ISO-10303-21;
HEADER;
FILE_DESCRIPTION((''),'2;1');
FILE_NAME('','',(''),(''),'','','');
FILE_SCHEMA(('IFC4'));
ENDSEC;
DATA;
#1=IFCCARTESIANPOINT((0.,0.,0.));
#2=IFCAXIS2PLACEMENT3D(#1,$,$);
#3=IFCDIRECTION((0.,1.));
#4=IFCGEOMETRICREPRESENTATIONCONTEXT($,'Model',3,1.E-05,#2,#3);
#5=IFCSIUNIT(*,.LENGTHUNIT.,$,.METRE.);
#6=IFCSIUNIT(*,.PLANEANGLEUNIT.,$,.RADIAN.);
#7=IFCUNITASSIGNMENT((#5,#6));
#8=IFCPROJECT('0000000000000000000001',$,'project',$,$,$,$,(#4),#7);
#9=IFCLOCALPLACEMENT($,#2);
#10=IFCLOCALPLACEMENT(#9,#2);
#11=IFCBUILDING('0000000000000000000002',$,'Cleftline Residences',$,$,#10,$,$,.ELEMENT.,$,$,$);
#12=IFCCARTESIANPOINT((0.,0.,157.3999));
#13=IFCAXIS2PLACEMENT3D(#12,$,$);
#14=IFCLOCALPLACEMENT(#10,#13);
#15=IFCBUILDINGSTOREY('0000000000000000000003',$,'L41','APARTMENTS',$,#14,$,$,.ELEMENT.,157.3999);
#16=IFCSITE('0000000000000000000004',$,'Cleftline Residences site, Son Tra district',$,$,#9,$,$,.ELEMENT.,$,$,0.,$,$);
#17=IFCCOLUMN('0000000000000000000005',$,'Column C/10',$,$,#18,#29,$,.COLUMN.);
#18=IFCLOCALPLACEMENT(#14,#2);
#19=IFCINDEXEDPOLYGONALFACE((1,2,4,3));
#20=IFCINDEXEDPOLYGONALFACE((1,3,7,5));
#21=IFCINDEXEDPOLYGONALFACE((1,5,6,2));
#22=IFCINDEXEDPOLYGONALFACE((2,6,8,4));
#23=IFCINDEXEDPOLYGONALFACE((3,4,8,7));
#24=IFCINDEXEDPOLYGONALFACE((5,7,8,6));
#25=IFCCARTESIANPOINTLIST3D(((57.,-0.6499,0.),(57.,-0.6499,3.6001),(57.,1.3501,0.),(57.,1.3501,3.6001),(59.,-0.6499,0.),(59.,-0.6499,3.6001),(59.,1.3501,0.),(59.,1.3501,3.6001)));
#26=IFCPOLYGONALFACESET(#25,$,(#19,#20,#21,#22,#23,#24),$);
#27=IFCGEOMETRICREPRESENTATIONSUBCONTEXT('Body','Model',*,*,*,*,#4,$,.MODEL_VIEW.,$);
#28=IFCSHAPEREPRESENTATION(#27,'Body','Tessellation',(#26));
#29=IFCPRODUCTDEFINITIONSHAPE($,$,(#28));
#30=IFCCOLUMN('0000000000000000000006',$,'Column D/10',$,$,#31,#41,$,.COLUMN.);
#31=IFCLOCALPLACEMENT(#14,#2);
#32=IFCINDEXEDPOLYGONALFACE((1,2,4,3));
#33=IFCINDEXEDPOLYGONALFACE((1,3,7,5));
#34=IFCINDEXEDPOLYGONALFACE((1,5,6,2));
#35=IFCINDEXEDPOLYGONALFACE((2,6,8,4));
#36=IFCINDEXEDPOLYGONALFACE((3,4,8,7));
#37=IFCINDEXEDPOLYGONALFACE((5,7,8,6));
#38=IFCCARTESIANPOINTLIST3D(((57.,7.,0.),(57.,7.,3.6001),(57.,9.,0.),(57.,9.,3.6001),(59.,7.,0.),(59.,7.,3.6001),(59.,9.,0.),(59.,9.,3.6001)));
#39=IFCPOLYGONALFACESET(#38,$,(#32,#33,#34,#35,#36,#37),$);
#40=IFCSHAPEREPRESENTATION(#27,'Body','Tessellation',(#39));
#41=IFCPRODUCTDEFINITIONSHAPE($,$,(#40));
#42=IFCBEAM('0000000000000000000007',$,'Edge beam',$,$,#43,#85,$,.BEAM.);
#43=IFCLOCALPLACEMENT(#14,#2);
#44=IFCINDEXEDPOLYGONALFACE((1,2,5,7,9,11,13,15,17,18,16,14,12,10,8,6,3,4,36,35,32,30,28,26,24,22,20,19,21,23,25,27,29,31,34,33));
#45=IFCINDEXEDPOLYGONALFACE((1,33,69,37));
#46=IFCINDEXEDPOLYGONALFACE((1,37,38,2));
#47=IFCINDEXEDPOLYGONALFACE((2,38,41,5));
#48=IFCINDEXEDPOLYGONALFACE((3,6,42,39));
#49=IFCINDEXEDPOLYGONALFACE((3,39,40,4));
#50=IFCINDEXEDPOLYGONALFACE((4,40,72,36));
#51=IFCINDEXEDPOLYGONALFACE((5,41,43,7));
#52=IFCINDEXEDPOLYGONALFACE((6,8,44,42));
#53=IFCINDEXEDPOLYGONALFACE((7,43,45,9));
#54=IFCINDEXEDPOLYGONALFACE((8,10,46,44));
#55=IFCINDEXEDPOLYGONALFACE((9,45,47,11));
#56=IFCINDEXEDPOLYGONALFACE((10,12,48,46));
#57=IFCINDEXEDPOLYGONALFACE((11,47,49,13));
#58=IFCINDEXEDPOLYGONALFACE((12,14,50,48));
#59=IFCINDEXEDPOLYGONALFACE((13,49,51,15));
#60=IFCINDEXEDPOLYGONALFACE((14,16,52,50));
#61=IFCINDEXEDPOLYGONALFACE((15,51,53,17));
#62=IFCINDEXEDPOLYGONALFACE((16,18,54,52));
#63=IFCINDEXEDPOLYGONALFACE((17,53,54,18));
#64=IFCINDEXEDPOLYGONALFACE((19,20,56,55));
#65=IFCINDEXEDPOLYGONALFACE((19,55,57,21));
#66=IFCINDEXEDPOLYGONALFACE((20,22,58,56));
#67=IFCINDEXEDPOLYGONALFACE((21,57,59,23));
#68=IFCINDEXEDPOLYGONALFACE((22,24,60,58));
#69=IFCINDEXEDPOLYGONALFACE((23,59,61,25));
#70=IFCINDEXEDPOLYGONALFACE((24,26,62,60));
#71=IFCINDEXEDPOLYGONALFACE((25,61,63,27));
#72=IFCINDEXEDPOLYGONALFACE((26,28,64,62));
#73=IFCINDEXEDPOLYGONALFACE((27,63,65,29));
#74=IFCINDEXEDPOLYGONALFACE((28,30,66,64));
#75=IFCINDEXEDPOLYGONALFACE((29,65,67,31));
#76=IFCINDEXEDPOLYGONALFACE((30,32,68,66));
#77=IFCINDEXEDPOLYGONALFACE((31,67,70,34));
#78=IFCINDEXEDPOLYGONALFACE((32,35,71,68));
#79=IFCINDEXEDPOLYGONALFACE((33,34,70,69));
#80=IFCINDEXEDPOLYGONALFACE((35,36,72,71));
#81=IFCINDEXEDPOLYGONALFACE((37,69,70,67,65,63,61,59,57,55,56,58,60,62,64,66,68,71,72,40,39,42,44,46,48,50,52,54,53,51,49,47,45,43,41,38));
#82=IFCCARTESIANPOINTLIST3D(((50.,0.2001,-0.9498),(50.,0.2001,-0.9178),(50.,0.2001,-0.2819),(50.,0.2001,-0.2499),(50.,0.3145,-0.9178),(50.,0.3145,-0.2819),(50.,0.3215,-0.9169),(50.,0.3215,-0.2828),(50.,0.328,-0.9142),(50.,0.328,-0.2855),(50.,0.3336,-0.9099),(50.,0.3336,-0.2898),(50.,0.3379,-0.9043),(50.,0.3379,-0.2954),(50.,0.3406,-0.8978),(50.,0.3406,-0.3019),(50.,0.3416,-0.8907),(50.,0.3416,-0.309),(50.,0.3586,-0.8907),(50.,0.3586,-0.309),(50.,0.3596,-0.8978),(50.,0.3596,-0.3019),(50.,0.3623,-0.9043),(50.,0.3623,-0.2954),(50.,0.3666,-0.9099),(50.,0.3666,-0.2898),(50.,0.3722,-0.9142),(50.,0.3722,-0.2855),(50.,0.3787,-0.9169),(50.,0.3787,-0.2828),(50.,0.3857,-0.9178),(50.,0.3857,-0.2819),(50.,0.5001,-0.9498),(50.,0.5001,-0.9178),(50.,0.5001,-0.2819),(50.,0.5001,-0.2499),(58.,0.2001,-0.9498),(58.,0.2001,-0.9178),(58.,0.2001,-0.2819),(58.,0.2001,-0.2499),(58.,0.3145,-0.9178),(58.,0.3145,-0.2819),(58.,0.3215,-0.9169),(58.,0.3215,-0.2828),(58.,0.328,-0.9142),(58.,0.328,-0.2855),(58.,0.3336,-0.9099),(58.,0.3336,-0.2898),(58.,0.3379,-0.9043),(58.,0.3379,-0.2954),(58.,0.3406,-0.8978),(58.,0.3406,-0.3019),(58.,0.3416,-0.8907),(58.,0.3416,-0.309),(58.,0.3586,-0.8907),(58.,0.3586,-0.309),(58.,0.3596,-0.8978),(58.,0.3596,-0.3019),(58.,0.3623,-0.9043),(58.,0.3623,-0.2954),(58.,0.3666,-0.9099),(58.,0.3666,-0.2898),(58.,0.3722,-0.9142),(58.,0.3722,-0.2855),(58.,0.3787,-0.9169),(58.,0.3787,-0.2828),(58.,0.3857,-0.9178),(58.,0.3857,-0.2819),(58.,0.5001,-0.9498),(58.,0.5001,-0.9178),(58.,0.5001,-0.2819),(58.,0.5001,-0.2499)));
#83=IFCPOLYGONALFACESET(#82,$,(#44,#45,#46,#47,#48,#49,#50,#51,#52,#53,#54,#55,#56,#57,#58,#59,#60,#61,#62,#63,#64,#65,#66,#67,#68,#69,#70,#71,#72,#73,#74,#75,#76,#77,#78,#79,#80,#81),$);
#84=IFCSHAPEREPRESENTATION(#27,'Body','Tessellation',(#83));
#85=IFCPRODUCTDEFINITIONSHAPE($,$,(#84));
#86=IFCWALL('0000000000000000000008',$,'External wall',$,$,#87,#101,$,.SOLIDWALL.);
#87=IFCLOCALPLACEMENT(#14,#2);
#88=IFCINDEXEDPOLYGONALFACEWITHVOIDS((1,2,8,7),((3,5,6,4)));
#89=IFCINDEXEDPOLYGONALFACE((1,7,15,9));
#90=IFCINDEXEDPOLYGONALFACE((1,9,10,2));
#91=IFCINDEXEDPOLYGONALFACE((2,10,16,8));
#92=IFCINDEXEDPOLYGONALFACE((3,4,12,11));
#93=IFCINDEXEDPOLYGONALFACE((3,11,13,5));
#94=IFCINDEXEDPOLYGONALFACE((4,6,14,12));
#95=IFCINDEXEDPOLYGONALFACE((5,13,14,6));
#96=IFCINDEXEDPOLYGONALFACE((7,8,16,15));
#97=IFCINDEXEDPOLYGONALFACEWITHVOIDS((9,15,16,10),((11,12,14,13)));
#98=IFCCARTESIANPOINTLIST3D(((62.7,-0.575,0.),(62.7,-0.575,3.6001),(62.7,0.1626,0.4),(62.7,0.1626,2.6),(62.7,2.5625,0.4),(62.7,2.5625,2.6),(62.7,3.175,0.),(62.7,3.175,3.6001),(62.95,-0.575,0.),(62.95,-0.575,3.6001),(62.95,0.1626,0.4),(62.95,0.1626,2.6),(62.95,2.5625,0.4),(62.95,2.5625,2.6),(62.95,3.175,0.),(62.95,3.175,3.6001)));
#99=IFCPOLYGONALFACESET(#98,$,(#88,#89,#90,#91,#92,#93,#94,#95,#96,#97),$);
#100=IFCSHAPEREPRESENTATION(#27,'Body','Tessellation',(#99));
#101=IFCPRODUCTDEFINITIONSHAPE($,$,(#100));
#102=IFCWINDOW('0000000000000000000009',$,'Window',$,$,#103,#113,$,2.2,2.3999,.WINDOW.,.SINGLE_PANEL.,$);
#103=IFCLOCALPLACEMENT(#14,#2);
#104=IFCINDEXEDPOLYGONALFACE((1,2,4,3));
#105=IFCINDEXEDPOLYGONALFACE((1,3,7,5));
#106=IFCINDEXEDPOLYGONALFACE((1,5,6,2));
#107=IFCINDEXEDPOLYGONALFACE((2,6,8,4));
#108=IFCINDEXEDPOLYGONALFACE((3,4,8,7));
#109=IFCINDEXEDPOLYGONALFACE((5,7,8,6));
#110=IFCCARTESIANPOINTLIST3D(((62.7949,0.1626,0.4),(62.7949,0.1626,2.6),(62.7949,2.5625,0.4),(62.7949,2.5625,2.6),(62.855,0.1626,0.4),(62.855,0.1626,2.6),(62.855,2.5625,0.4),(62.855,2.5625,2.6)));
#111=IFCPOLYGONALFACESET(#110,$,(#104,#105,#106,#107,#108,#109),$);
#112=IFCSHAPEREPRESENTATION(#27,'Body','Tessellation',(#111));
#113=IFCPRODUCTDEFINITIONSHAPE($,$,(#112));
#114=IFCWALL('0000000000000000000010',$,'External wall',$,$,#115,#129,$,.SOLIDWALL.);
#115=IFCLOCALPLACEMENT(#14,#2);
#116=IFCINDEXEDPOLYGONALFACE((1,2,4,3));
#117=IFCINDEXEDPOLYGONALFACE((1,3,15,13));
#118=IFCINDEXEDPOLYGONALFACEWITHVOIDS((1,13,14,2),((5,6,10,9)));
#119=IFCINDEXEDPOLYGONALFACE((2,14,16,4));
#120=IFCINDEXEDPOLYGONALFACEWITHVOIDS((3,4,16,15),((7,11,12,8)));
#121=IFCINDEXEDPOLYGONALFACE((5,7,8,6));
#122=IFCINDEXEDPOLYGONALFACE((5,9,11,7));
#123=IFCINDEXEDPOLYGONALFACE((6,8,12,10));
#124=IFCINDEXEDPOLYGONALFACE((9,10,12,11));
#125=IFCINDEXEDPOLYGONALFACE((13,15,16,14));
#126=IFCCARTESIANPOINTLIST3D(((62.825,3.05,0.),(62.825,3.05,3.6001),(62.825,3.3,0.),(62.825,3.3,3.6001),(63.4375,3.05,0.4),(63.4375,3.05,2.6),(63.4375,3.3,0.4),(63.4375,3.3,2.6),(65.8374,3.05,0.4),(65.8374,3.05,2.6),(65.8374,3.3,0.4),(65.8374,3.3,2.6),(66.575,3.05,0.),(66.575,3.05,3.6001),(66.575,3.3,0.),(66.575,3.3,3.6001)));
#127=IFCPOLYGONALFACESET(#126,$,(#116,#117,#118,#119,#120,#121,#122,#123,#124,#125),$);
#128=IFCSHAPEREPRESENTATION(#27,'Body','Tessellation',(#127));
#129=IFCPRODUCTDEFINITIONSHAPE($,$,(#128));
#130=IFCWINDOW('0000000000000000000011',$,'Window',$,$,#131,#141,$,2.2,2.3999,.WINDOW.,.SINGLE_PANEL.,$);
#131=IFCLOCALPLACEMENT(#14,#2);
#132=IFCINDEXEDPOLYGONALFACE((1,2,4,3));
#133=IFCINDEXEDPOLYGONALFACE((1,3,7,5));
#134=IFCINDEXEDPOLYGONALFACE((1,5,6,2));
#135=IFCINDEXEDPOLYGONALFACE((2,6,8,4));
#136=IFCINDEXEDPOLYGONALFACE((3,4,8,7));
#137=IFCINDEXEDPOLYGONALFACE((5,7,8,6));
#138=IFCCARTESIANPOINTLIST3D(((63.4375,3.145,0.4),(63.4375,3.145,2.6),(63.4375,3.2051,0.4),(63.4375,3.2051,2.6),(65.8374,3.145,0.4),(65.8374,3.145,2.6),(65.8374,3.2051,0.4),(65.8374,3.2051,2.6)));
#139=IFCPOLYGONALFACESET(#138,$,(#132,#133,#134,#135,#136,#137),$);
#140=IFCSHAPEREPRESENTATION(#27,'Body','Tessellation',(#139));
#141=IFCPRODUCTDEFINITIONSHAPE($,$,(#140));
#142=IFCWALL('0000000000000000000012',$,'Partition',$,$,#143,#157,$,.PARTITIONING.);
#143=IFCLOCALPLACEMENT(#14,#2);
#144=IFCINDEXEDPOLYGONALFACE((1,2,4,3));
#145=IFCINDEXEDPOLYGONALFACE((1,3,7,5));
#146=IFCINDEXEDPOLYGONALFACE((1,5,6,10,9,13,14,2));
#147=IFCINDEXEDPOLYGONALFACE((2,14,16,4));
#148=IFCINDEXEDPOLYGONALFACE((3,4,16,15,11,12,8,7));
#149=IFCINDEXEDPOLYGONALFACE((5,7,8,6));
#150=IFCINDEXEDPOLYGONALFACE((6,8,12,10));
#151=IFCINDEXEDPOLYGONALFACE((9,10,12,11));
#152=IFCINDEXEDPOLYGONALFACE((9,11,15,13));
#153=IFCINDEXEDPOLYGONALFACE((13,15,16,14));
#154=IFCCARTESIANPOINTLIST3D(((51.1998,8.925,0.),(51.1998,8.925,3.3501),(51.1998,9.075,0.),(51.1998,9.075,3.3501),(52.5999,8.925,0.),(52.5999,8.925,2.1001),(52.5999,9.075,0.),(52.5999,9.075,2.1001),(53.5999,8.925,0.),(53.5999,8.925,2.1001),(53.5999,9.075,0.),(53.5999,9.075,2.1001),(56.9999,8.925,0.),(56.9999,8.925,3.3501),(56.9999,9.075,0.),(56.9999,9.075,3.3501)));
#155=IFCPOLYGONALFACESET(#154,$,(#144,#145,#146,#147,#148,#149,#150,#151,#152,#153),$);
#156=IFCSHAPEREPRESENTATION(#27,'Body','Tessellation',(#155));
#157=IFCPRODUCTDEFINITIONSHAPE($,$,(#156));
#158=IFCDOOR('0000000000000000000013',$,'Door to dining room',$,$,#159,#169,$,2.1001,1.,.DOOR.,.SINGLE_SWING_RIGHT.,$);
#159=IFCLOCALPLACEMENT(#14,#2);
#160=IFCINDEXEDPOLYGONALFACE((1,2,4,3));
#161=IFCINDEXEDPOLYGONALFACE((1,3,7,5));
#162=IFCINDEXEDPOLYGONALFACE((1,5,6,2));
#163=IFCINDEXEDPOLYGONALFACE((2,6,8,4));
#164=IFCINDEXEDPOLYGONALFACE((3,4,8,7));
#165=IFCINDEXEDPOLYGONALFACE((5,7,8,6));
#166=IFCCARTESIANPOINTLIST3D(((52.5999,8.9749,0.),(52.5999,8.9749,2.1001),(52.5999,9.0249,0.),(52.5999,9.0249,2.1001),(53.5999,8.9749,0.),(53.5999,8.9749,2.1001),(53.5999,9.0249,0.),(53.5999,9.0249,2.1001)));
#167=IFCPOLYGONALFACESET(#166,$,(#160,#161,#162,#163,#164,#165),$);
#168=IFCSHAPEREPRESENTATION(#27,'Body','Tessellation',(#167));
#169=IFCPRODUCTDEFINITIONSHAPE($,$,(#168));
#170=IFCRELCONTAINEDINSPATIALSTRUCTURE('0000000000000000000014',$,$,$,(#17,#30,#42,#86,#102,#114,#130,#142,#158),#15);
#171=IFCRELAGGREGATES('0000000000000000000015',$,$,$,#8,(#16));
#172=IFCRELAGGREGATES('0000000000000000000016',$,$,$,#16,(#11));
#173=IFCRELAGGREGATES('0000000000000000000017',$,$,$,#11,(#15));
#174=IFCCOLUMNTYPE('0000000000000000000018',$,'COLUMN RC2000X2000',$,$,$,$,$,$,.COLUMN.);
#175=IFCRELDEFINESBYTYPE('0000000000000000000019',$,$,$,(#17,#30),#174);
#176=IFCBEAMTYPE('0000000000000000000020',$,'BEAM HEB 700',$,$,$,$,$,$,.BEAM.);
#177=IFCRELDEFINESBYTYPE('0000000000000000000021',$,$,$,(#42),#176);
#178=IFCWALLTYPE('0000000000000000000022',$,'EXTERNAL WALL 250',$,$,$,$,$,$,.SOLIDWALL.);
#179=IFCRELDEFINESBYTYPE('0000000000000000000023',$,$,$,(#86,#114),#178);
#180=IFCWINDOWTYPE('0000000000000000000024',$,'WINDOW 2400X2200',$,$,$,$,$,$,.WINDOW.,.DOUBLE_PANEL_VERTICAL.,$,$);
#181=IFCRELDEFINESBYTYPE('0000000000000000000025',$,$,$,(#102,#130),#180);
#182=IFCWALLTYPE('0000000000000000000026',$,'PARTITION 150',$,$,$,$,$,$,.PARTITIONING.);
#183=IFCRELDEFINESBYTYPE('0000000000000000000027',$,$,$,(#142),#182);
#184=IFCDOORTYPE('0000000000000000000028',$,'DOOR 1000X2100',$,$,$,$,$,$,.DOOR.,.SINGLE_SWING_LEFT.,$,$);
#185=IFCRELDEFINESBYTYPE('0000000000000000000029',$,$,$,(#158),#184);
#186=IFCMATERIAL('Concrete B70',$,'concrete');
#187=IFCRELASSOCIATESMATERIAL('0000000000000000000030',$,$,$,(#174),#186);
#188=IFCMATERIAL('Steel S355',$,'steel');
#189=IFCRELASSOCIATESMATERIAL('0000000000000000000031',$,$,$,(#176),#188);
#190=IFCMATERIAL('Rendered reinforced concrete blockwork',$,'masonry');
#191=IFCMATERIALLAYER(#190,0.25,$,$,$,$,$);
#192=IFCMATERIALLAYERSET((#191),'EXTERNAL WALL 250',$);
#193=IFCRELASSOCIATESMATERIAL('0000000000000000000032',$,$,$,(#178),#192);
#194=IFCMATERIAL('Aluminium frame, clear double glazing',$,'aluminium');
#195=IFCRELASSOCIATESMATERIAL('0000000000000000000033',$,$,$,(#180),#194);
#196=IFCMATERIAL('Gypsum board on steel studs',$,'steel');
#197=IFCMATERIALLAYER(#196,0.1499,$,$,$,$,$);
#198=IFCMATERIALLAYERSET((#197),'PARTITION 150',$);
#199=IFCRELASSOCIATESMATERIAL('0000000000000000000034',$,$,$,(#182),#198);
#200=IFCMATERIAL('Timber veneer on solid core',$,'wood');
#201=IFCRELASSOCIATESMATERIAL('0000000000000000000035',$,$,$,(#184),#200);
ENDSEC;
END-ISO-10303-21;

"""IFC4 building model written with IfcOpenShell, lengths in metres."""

from ifc_helpers import new_model, si_unit, direction, frame, frame_2d, origin, origin_2d, place, context, subcontext, project, spatial, rectangle, i_section, extrude, material, layer, layer_set, material_profile, profile_set, type_object, element, fill, save


model = new_model("IFC4")

# Units and contexts
model_context = context("Model", 3, precision=1e-05, world=origin(), true_north=direction((0.0, 1.0)))
body_context = subcontext(model_context, "Body", "Model", "MODEL_VIEW")
ifc_project = project(units=[si_unit("LENGTHUNIT", "METRE"), si_unit("PLANEANGLEUNIT", "RADIAN")], contexts=[model_context])

# Site, building, storey
site_placement = place(None, origin())
site = spatial("IfcSite", under=ifc_project, at=site_placement, Name="Cleftline Residences site, Son Tra district", CompositionType="ELEMENT", RefElevation=0.0)
building_placement = place(site_placement, origin())
building = spatial("IfcBuilding", under=site, at=building_placement, Name="Cleftline Residences", CompositionType="ELEMENT")
storey_placement = place(building_placement, frame((0.0, 0.0, 157.3999)))
storey = spatial("IfcBuildingStorey", under=building, at=storey_placement, Name="L41", Description="APARTMENTS", CompositionType="ELEMENT", Elevation=157.3999)

# Columns
ifc_material_1 = material(Name="Concrete B70", Category="concrete")
ifc_material_profile_1 = material_profile(ifc_material_1, rectangle(XDim=2.0, YDim=2.0, at=origin_2d()))
ifc_profile_set_1 = profile_set([ifc_material_profile_1], Name="Concrete B70")
column_type = type_object("IfcColumnType", Name="COLUMN RC2000X2000", PredefinedType="COLUMN", material=ifc_profile_set_1)
for number, where, z_axis, x_axis, name in (
    (1, (58.0, 0.3501, 0.0), (0.0, 0.0, 1.0), (1.0, 0.0, 0.0), "Column C/10"),
    (2, (58.0, 8.0, 0.0), (0.0, 0.0, 1.0), (1.0, 0.0, 0.0), "Column D/10"),
):
    element("IfcColumn", number, at=place(storey_placement, frame(where, z_axis=z_axis, x_axis=x_axis)), inside=storey, type_object=column_type, Name=name, PredefinedType="COLUMN", context=body_context, shape_type="SweptSolid", body=[
        extrude(rectangle(XDim=2.0, YDim=2.0, at=origin_2d()), origin(), (0.0, 0.0, 1.0), 3.6001),
    ])

# Beam
ifc_material_2 = material(Name="Steel S355", Category="steel")
ifc_material_profile_2 = material_profile(ifc_material_2, i_section(OverallWidth=0.3, OverallDepth=0.7, WebThickness=0.0171, FlangeThickness=0.032, FilletRadius=0.0271, at=origin_2d()))
ifc_profile_set_2 = profile_set([ifc_material_profile_2], Name="Steel S355")
beam_type = type_object("IfcBeamType", Name="BEAM HEB 700", PredefinedType="BEAM", material=ifc_profile_set_2)
beam_placement = place(storey_placement, frame((58.0, 0.3501, -0.5999), z_axis=(-1.0, 0.0, 0.0), x_axis=(0.0, -1.0, 0.0)))
element("IfcBeam", 3, at=beam_placement, inside=storey, type_object=beam_type, Name="Edge beam", PredefinedType="BEAM", context=body_context, shape_type="SweptSolid", body=[
    extrude(i_section(OverallWidth=0.3, OverallDepth=0.7, WebThickness=0.0171, FlangeThickness=0.032, FilletRadius=0.0271, at=origin_2d()), origin(), (0.0, 0.0, 1.0), 8.0),
])

# Walls, openings, windows
ifc_material_3 = material(Name="Rendered reinforced concrete blockwork", Category="masonry")
ifc_layer_1 = layer(ifc_material_3, 0.25)
ifc_layer_set_1 = layer_set([ifc_layer_1], Name="EXTERNAL WALL 250")
wall_type_1 = type_object("IfcWallType", Name="EXTERNAL WALL 250", PredefinedType="SOLIDWALL", material=ifc_layer_set_1)
wall_1_placement = place(storey_placement, frame((62.825, -0.575, 0.0), z_axis=(0.0, 0.0, 1.0), x_axis=(0.0, 1.0, 0.0)))
wall_1 = element("IfcWall", 4, at=wall_1_placement, inside=storey, type_object=wall_type_1, Name="External wall", PredefinedType="SOLIDWALL", context=body_context, shape_type="SweptSolid", body=[
    extrude(rectangle(XDim=3.75, YDim=0.25, at=frame_2d((1.875, 0.0))), origin(), (0.0, 0.0, 1.0), 3.6001),
])
opening_1_placement = place(wall_1_placement, frame((0.7375, 0.0, 0.3999)))
opening_1 = element("IfcOpeningElement", 5, at=opening_1_placement, cuts=wall_1, PredefinedType="OPENING", context=body_context, shape_type="SweptSolid", body=[
    extrude(rectangle(XDim=2.3999, YDim=2.2, at=frame_2d((1.2, 1.1001))), frame((0.0, 0.135, 0.0), z_axis=(0.0, -1.0, 0.0), x_axis=(1.0, 0.0, 0.0)), (0.0, 0.0, 1.0), 0.27),
])
ifc_material_4 = material(Name="Aluminium frame, clear double glazing", Category="aluminium")
window_type = type_object("IfcWindowType", Name="WINDOW 2400X2200", PartitioningType="DOUBLE_PANEL_VERTICAL", PredefinedType="WINDOW", material=ifc_material_4)
window_1_placement = place(opening_1_placement, origin())
window_1 = element("IfcWindow", 6, at=window_1_placement, inside=storey, type_object=window_type, Name="Window", OverallHeight=2.2, OverallWidth=2.3999, PartitioningType="SINGLE_PANEL", PredefinedType="WINDOW", context=body_context, shape_type="SweptSolid", body=[
    extrude(rectangle(XDim=2.3999, YDim=2.2, at=frame_2d((1.2, 1.1001))), frame((0.0, 0.03, 0.0), z_axis=(0.0, -1.0, 0.0), x_axis=(1.0, 0.0, 0.0)), (0.0, 0.0, 1.0), 0.0601),
])
fill(opening_1, window_1)
wall_2_placement = place(storey_placement, frame((62.825, 3.175, 0.0), z_axis=(0.0, 0.0, 1.0), x_axis=(1.0, 0.0, 0.0)))
wall_2 = element("IfcWall", 7, at=wall_2_placement, inside=storey, type_object=wall_type_1, Name="External wall", PredefinedType="SOLIDWALL", context=body_context, shape_type="SweptSolid", body=[
    extrude(rectangle(XDim=3.75, YDim=0.25, at=frame_2d((1.875, 0.0))), origin(), (0.0, 0.0, 1.0), 3.6001),
])
opening_2_placement = place(wall_2_placement, frame((0.6125, 0.0, 0.3999)))
opening_2 = element("IfcOpeningElement", 8, at=opening_2_placement, cuts=wall_2, PredefinedType="OPENING", context=body_context, shape_type="SweptSolid", body=[
    extrude(rectangle(XDim=2.3999, YDim=2.2, at=frame_2d((1.2, 1.1001))), frame((0.0, 0.135, 0.0), z_axis=(0.0, -1.0, 0.0), x_axis=(1.0, 0.0, 0.0)), (0.0, 0.0, 1.0), 0.27),
])
window_2_placement = place(opening_2_placement, origin())
window_2 = element("IfcWindow", 9, at=window_2_placement, inside=storey, type_object=window_type, Name="Window", OverallHeight=2.2, OverallWidth=2.3999, PartitioningType="SINGLE_PANEL", PredefinedType="WINDOW", context=body_context, shape_type="SweptSolid", body=[
    extrude(rectangle(XDim=2.3999, YDim=2.2, at=frame_2d((1.2, 1.1001))), frame((0.0, 0.03, 0.0), z_axis=(0.0, -1.0, 0.0), x_axis=(1.0, 0.0, 0.0)), (0.0, 0.0, 1.0), 0.0601),
])
fill(opening_2, window_2)

# Wall, opening, door
ifc_material_5 = material(Name="Gypsum board on steel studs", Category="steel")
ifc_layer_2 = layer(ifc_material_5, 0.1499)
ifc_layer_set_2 = layer_set([ifc_layer_2], Name="PARTITION 150")
wall_type_2 = type_object("IfcWallType", Name="PARTITION 150", PredefinedType="PARTITIONING", material=ifc_layer_set_2)
wall_3_placement = place(storey_placement, frame((51.2, 9.0, 0.0), z_axis=(0.0, 0.0, 1.0), x_axis=(1.0, 0.0, 0.0)))
wall_3 = element("IfcWall", 10, at=wall_3_placement, inside=storey, type_object=wall_type_2, Name="Partition", PredefinedType="PARTITIONING", context=body_context, shape_type="SweptSolid", body=[
    extrude(rectangle(XDim=5.8, YDim=0.1499, at=frame_2d((2.8999, 0.0))), origin(), (0.0, 0.0, 1.0), 3.3501),
])
opening_3_placement = place(wall_3_placement, frame((1.3999, 0.0, 0.0)))
opening_3 = element("IfcOpeningElement", 11, at=opening_3_placement, cuts=wall_3, PredefinedType="OPENING", context=body_context, shape_type="SweptSolid", body=[
    extrude(rectangle(XDim=1.0, YDim=2.1001, at=frame_2d((0.5, 1.05))), frame((0.0, 0.085, 0.0), z_axis=(0.0, -1.0, 0.0), x_axis=(1.0, 0.0, 0.0)), (0.0, 0.0, 1.0), 0.1699),
])
ifc_material_6 = material(Name="Timber veneer on solid core", Category="wood")
door_type_1 = type_object("IfcDoorType", Name="DOOR 1000X2100", OperationType="SINGLE_SWING_LEFT", PredefinedType="DOOR", material=ifc_material_6)
door_1_placement = place(opening_3_placement, origin())
door_1 = element("IfcDoor", 12, at=door_1_placement, inside=storey, type_object=door_type_1, Name="Door to dining room", OperationType="SINGLE_SWING_RIGHT", OverallHeight=2.1001, OverallWidth=1.0, PredefinedType="DOOR", context=body_context, shape_type="SweptSolid", body=[
    extrude(rectangle(XDim=1.0, YDim=2.1001, at=frame_2d((0.5, 1.05))), frame((0.0, 0.0249, 0.0), z_axis=(0.0, -1.0, 0.0), x_axis=(1.0, 0.0, 0.0)), (0.0, 0.0, 1.0), 0.05),
])
fill(opening_3, door_1)

save(model, "model.ifc")
